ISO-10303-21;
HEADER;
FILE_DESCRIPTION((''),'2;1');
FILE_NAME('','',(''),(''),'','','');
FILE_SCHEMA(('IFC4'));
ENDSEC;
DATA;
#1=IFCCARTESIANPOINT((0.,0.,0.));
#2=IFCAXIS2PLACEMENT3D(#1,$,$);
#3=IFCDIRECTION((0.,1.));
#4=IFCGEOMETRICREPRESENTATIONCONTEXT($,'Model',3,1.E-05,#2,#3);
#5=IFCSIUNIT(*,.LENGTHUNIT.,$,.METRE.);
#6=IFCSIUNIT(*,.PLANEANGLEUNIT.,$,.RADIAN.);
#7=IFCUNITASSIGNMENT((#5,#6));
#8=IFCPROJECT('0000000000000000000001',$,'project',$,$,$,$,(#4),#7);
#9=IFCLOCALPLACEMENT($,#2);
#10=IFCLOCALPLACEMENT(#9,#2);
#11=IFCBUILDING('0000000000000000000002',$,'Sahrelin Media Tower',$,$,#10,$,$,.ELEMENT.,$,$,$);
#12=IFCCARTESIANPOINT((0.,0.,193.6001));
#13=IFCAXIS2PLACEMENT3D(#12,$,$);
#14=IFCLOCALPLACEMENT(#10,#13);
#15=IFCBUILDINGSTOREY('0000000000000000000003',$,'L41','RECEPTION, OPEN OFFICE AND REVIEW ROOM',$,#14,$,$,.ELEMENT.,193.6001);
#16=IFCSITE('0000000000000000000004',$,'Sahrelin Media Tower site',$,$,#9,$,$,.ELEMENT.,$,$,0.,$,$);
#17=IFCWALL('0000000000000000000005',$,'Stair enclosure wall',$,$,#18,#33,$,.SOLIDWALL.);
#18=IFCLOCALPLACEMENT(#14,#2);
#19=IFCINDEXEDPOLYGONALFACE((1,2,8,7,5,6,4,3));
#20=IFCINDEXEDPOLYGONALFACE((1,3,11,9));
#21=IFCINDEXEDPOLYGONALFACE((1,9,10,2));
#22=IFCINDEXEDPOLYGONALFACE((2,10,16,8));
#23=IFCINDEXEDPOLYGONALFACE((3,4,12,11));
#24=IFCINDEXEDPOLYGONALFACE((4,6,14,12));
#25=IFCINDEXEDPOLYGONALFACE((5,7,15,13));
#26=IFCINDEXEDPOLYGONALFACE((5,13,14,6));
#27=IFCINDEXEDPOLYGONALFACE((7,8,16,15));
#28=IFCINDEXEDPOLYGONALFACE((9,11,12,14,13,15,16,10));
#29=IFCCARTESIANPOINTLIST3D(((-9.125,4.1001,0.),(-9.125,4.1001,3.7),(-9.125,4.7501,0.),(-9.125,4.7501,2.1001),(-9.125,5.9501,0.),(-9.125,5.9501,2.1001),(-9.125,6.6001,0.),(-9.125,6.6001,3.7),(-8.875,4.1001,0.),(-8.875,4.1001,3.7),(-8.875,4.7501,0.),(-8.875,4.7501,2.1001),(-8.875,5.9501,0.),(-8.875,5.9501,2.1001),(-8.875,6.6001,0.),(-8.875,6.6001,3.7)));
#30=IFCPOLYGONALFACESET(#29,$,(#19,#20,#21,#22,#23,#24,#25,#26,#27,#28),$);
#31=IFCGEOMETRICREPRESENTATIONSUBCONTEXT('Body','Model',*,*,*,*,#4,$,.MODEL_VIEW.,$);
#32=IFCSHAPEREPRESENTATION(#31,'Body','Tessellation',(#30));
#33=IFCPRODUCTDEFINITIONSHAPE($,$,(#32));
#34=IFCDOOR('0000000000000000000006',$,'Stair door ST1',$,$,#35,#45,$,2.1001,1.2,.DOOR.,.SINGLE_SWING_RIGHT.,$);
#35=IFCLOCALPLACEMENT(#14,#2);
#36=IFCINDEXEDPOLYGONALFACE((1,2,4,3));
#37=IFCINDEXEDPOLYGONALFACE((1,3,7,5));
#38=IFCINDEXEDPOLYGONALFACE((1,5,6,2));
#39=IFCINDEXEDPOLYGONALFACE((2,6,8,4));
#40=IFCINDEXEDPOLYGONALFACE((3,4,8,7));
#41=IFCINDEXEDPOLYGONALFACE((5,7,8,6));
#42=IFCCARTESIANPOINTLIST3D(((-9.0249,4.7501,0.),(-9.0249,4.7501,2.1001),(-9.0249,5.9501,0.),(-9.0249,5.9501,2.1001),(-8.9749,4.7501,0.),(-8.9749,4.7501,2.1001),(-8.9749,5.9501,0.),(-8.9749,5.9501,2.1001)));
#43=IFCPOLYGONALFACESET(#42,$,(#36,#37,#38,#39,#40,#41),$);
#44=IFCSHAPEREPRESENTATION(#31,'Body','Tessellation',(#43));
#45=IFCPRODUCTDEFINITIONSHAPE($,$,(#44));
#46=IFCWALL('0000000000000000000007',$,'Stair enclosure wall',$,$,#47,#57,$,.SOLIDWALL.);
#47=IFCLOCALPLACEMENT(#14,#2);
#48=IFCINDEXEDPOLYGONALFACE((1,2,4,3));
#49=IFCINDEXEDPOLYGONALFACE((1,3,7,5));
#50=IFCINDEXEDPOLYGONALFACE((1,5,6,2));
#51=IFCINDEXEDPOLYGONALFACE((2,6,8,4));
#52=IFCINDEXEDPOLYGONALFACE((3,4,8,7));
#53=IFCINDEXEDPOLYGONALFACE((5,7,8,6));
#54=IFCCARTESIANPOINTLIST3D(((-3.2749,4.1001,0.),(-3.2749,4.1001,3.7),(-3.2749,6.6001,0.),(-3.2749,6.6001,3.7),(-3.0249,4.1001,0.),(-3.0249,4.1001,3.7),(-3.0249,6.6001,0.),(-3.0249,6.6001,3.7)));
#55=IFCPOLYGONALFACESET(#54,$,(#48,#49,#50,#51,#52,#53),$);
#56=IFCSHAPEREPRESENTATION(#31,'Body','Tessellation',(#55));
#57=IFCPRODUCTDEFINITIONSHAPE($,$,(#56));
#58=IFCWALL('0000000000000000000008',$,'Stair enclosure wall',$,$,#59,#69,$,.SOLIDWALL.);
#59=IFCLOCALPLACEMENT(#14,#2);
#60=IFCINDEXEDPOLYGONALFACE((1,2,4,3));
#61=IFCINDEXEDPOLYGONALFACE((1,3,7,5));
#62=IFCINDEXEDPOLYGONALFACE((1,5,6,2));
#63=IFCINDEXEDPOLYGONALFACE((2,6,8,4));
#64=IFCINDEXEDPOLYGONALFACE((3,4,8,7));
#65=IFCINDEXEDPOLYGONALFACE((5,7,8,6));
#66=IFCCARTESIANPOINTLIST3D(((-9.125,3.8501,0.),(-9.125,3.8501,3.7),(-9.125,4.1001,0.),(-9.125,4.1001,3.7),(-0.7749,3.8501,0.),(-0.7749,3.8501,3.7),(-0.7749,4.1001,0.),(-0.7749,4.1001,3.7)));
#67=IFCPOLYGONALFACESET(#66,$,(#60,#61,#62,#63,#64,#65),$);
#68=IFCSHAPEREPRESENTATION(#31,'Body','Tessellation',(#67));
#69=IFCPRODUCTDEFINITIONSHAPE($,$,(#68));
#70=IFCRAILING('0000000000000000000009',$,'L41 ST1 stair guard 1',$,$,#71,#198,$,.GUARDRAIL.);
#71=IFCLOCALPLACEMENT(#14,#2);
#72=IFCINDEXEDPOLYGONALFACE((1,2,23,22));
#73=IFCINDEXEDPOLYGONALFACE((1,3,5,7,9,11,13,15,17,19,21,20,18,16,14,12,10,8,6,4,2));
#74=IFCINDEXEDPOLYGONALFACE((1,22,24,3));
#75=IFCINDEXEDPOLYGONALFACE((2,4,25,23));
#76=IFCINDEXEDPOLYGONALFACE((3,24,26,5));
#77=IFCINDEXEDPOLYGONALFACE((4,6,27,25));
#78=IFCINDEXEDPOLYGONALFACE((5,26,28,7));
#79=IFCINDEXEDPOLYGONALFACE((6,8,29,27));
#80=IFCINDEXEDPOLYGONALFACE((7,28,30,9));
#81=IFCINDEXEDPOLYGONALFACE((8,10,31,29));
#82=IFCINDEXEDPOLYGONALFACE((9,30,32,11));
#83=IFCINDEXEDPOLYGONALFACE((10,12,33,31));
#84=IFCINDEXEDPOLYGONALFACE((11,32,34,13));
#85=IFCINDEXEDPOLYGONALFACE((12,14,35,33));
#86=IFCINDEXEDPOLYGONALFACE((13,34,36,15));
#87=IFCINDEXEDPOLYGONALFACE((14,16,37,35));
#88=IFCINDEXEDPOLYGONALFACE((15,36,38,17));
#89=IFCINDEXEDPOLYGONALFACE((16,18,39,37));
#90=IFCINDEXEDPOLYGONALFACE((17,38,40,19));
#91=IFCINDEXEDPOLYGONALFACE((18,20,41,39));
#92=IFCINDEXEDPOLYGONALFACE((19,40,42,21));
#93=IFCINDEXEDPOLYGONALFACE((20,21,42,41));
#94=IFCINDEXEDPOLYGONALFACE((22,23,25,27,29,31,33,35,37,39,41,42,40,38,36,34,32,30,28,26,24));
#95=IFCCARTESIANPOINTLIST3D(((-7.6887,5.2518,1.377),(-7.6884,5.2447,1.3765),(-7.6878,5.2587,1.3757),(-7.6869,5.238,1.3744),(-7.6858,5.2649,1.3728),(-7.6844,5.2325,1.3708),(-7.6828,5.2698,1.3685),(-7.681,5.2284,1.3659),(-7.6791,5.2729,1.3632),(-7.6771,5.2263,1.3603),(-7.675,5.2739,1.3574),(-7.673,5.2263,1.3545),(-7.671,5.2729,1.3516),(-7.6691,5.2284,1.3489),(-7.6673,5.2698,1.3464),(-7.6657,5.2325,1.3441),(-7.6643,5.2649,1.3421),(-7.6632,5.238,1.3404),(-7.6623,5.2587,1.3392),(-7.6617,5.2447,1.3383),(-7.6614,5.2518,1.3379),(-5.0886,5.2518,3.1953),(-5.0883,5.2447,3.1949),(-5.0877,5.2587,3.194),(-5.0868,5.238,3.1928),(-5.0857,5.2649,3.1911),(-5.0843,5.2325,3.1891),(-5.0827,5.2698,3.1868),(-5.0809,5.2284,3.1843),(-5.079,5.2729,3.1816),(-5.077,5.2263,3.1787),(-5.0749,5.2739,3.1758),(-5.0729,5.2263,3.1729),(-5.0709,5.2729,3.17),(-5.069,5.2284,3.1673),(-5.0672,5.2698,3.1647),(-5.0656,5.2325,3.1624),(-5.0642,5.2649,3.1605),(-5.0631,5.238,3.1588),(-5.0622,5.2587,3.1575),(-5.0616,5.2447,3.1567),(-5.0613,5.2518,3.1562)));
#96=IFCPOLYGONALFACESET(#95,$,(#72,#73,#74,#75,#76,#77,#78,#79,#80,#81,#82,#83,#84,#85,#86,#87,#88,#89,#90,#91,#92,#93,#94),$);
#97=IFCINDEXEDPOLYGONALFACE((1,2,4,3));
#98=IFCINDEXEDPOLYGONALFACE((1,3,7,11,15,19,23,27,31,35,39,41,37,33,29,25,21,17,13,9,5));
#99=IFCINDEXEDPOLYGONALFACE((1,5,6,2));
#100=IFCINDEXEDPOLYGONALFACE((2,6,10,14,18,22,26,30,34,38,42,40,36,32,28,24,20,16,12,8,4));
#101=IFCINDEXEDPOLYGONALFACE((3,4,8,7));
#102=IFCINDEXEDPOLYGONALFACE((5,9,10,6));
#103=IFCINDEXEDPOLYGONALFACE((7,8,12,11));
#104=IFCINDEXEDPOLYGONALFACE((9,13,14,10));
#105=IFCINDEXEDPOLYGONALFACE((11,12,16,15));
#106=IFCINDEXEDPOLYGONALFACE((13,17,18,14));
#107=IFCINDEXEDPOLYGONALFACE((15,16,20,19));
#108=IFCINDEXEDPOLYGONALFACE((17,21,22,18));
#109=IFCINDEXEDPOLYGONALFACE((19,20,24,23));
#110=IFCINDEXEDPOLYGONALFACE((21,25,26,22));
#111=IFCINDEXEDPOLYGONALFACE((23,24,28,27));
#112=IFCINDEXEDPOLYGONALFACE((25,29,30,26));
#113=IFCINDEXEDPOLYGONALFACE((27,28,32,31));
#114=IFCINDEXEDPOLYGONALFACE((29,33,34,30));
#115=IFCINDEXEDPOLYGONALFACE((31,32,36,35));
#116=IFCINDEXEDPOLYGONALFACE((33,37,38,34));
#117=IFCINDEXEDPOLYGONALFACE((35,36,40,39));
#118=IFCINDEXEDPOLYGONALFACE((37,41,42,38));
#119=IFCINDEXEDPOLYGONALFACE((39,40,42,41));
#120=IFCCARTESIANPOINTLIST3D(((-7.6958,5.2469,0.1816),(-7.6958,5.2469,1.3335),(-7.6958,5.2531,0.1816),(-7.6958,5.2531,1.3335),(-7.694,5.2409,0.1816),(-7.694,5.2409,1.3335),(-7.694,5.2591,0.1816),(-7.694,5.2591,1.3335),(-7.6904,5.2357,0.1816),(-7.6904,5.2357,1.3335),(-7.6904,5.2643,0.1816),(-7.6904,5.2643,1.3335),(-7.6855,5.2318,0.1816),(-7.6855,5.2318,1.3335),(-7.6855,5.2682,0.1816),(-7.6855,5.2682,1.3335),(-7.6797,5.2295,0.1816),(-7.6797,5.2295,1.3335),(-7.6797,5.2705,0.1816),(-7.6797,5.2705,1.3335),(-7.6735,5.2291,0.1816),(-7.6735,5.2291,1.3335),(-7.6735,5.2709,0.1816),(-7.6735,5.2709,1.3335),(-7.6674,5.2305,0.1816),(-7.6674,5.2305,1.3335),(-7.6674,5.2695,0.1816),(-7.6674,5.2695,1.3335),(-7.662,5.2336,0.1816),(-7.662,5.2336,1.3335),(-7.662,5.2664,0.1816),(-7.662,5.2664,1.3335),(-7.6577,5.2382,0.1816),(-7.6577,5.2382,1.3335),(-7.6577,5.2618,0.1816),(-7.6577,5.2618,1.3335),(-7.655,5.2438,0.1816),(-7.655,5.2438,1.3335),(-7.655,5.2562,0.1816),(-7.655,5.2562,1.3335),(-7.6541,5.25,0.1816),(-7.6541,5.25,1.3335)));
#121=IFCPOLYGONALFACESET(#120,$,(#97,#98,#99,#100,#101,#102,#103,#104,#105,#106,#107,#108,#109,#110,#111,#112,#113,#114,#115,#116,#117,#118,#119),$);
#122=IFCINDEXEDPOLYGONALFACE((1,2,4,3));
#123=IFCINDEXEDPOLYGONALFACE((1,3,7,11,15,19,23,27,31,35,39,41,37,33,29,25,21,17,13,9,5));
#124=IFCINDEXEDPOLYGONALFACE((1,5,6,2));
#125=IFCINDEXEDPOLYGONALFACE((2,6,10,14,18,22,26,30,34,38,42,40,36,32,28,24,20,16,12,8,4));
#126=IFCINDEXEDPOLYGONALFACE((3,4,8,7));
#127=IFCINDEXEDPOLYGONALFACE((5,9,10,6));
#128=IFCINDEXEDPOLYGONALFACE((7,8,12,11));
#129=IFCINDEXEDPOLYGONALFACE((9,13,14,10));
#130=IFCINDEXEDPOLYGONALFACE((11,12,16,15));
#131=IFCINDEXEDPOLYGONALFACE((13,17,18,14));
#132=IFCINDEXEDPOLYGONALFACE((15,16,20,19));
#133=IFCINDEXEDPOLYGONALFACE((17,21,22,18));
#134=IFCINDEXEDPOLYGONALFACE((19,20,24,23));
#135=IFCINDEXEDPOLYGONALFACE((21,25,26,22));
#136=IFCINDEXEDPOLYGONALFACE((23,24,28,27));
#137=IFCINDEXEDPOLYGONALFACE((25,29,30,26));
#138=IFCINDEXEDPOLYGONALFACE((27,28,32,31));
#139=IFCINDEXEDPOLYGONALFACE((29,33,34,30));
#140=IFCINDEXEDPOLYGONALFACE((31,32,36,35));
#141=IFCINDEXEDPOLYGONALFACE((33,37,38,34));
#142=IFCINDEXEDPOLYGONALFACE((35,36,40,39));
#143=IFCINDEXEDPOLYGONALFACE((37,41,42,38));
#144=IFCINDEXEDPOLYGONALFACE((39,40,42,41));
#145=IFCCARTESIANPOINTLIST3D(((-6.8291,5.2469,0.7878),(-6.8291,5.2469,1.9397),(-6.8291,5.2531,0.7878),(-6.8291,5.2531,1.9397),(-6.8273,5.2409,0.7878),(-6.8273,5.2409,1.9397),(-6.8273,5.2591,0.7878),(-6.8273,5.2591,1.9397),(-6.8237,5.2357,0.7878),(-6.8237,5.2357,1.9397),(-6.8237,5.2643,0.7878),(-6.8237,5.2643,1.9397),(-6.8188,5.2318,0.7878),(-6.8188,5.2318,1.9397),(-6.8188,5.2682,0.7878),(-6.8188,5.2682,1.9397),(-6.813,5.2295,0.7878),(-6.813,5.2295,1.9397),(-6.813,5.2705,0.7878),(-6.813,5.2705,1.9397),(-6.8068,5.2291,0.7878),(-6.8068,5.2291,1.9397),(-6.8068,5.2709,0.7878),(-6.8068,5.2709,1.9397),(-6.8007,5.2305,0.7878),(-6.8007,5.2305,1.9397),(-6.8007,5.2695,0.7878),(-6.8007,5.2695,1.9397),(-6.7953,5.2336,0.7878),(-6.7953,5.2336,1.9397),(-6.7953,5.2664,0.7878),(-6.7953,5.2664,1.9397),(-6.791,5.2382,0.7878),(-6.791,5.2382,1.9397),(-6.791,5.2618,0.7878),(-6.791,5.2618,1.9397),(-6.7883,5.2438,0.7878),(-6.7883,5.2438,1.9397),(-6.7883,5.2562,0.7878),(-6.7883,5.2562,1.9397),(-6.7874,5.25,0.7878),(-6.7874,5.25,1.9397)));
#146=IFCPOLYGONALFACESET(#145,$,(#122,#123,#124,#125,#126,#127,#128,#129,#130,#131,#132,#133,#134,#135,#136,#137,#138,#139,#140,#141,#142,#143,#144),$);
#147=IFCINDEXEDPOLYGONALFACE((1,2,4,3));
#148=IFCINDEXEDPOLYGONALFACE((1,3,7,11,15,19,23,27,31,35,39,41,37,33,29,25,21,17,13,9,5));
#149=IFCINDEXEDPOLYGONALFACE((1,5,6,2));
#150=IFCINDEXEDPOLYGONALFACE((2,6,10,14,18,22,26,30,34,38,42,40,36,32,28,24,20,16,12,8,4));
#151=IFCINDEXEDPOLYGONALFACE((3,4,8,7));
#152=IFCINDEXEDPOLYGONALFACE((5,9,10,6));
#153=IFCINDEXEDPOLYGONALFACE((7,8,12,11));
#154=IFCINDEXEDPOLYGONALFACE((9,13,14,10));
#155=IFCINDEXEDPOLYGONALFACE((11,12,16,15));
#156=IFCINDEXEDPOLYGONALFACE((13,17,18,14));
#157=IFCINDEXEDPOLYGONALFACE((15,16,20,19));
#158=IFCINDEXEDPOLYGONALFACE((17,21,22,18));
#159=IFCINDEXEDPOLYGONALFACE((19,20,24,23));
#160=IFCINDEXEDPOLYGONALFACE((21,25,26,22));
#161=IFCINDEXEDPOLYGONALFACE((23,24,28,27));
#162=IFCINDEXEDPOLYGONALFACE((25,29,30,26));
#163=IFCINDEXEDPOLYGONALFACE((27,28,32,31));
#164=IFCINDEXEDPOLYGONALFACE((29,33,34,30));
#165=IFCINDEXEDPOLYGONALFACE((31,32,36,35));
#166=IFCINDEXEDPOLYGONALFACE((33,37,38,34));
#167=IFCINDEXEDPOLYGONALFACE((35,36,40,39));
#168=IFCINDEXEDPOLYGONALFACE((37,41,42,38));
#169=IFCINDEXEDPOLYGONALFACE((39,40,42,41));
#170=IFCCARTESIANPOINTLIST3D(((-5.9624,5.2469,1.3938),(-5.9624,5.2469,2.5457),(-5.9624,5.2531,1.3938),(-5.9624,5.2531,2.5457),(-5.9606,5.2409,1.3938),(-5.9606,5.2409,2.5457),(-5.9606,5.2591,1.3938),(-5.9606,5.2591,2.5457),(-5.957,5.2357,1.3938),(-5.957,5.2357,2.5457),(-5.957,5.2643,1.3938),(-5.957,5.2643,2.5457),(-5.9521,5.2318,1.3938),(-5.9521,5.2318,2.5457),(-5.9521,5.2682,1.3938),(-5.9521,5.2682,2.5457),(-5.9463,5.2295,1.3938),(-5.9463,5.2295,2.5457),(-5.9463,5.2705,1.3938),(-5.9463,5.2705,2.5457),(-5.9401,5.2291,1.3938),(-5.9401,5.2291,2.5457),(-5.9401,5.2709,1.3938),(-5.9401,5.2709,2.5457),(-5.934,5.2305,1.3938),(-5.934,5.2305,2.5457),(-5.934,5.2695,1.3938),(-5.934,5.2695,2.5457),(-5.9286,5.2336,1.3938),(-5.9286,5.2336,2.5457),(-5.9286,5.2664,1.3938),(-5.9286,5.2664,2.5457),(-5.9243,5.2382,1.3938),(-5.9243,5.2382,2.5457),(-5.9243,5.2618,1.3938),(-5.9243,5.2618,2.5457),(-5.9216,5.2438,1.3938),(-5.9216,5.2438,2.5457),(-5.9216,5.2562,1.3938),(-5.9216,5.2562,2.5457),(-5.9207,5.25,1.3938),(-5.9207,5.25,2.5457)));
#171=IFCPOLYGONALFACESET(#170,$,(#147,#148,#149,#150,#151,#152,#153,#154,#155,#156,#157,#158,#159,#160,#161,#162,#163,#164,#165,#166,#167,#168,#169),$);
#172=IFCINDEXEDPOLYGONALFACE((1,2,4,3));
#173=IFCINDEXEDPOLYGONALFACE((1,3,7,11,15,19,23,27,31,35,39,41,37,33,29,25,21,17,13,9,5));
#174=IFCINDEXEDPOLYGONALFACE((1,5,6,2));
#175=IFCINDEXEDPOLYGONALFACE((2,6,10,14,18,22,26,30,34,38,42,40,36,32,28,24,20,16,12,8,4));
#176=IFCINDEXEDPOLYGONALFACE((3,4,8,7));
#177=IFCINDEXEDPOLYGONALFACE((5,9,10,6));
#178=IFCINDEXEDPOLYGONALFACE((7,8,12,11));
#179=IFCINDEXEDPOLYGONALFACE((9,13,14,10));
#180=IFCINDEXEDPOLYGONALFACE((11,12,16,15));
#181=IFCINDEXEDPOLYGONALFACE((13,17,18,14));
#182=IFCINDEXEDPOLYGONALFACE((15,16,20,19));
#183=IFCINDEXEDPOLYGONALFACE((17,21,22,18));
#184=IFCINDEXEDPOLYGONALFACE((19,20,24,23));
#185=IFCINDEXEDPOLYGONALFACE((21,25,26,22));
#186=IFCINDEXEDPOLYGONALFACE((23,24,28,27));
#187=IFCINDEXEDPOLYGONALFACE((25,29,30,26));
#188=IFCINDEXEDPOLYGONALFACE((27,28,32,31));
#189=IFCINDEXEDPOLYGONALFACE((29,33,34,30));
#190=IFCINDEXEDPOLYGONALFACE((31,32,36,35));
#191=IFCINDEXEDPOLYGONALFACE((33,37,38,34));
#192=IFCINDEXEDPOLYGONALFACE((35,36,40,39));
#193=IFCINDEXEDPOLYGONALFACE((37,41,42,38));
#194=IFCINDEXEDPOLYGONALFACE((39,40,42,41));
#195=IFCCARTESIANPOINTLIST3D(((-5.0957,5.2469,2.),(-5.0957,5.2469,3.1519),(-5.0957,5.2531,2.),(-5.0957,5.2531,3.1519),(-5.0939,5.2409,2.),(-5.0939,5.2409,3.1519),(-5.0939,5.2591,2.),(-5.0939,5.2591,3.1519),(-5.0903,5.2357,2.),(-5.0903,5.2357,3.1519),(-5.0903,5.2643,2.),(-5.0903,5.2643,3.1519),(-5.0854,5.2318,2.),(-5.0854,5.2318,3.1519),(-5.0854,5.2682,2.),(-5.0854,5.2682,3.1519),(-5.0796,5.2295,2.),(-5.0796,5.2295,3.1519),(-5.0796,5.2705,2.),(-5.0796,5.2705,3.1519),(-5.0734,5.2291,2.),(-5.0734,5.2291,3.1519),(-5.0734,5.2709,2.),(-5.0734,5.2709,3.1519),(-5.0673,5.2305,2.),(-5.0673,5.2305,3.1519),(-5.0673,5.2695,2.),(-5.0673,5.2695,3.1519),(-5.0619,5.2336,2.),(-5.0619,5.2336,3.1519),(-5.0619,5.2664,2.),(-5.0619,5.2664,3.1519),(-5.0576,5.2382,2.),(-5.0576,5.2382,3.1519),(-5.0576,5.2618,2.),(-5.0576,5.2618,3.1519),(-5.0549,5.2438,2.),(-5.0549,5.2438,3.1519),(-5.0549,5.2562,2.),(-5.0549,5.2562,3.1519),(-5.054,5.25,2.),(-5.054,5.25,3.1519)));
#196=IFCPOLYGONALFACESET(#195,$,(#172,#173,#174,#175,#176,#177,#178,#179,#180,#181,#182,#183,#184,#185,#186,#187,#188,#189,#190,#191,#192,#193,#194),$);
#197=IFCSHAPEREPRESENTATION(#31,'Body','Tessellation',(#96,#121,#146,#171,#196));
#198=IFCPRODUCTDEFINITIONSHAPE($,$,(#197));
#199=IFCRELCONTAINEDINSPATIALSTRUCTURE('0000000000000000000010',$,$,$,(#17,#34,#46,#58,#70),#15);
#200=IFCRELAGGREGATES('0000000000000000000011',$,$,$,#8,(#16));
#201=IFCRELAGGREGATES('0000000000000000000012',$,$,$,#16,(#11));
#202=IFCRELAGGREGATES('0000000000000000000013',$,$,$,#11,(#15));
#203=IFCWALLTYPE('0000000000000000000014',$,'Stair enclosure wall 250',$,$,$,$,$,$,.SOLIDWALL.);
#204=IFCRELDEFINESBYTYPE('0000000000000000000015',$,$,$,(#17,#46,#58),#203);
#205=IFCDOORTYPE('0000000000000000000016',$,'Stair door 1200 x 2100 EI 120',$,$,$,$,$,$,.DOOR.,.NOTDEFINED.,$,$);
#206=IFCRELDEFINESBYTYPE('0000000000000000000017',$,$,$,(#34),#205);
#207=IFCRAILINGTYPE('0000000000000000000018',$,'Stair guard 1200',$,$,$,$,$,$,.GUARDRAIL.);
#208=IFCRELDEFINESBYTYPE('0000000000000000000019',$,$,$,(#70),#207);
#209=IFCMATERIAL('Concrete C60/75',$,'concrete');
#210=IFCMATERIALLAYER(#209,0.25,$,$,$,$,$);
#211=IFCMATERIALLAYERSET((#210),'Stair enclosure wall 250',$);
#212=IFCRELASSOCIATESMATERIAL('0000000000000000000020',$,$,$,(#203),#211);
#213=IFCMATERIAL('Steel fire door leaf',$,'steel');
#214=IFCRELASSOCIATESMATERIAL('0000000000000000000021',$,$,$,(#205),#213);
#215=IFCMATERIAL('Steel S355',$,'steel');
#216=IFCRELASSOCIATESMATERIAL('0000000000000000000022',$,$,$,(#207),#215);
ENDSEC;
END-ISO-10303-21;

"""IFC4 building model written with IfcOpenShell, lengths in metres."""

from ifc_helpers import new_model, si_unit, direction, frame, frame_2d, origin, origin_2d, place, context, subcontext, project, spatial, rectangle, circle, extrude, material, layer, layer_set, type_object, element, fill, save


model = new_model("IFC4")

# Units and contexts
model_context = context("Model", 3, precision=1e-05, world=origin(), true_north=direction((0.0, 1.0)))
body_context = subcontext(model_context, "Body", "Model", "MODEL_VIEW")
ifc_project = project(units=[si_unit("LENGTHUNIT", "METRE"), si_unit("PLANEANGLEUNIT", "RADIAN")], contexts=[model_context])

# Site, building, storey
site_placement = place(None, origin())
site = spatial("IfcSite", under=ifc_project, at=site_placement, Name="Sahrelin Media Tower site", CompositionType="ELEMENT", RefElevation=0.0)
building_placement = place(site_placement, origin())
building = spatial("IfcBuilding", under=site, at=building_placement, Name="Sahrelin Media Tower", CompositionType="ELEMENT")
storey_placement = place(building_placement, frame((0.0, 0.0, 193.6001)))
storey = spatial("IfcBuildingStorey", under=building, at=storey_placement, Name="L41", Description="RECEPTION, OPEN OFFICE AND REVIEW ROOM", CompositionType="ELEMENT", Elevation=193.6001)

# Shared definitions
ifc_material_1 = material(Name="Steel S355", Category="steel")

# Shared definitions
ifc_material_2 = material(Name="Concrete C60/75", Category="concrete")

# Shared definitions
ifc_material_3 = material(Name="Steel fire door leaf", Category="steel")

# Wall, opening, door
ifc_layer_1 = layer(ifc_material_2, 0.25)
ifc_layer_set_1 = layer_set([ifc_layer_1], Name="Stair enclosure wall 250")
wall_type_1 = type_object("IfcWallType", Name="Stair enclosure wall 250", PredefinedType="SOLIDWALL", material=ifc_layer_set_1)
wall_1_placement = place(storey_placement, frame((-9.0, 4.1001, 0.0), z_axis=(0.0, 0.0, 1.0), x_axis=(0.0, 1.0, 0.0)))
wall_1 = element("IfcWall", 1, at=wall_1_placement, inside=storey, type_object=wall_type_1, Name="Stair enclosure wall", PredefinedType="SOLIDWALL", context=body_context, shape_type="SweptSolid", body=[
    extrude(rectangle(XDim=2.5, YDim=0.25, at=frame_2d((1.25, 0.0))), origin(), (0.0, 0.0, 1.0), 3.7),
])
opening_1_placement = place(wall_1_placement, frame((0.6499, 0.0, 0.0)))
opening_1 = element("IfcOpeningElement", 2, at=opening_1_placement, cuts=wall_1, PredefinedType="OPENING", context=body_context, shape_type="SweptSolid", body=[
    extrude(rectangle(XDim=1.2, YDim=2.1001, at=frame_2d((0.6001, 1.05))), frame((0.0, 0.125, 0.0), z_axis=(0.0, -1.0, 0.0), x_axis=(1.0, 0.0, 0.0)), (0.0, 0.0, 1.0), 0.25),
])
door_type_1 = type_object("IfcDoorType", Name="Stair door 1200 x 2100 EI 120", OperationType="NOTDEFINED", PredefinedType="DOOR", material=ifc_material_3)
door_1_placement = place(opening_1_placement, origin())
door_1 = element("IfcDoor", 3, at=door_1_placement, inside=storey, type_object=door_type_1, Name="Stair door ST1", OperationType="SINGLE_SWING_RIGHT", OverallHeight=2.1001, OverallWidth=1.2, PredefinedType="DOOR", context=body_context, shape_type="SweptSolid", body=[
    extrude(rectangle(XDim=1.2, YDim=2.1001, at=frame_2d((0.6001, 1.05))), frame((0.0, 0.0249, 0.0), z_axis=(0.0, -1.0, 0.0), x_axis=(1.0, 0.0, 0.0)), (0.0, 0.0, 1.0), 0.05),
])
fill(opening_1, door_1)

# Walls
wall_2_placement = place(storey_placement, frame((-3.1499, 4.1001, 0.0), z_axis=(0.0, 0.0, 1.0), x_axis=(0.0, 1.0, 0.0)))
element("IfcWall", 4, at=wall_2_placement, inside=storey, type_object=wall_type_1, Name="Stair enclosure wall", PredefinedType="SOLIDWALL", context=body_context, shape_type="SweptSolid", body=[
    extrude(rectangle(XDim=2.5, YDim=0.25, at=frame_2d((1.25, 0.0))), origin(), (0.0, 0.0, 1.0), 3.7),
])
wall_3_placement = place(storey_placement, frame((-9.125, 3.9751, 0.0), z_axis=(0.0, 0.0, 1.0), x_axis=(1.0, 0.0, 0.0)))
element("IfcWall", 5, at=wall_3_placement, inside=storey, type_object=wall_type_1, Name="Stair enclosure wall", PredefinedType="SOLIDWALL", context=body_context, shape_type="SweptSolid", body=[
    extrude(rectangle(XDim=8.3501, YDim=0.25, at=frame_2d((4.175, 0.0))), origin(), (0.0, 0.0, 1.0), 3.7),
])

# Railing
railing_type_1 = type_object("IfcRailingType", Name="Stair guard 1200", PredefinedType="GUARDRAIL", material=ifc_material_1)
railing_1_placement = place(storey_placement, frame((-7.675, 5.25, 0.1816)))
element("IfcRailing", 6, at=railing_1_placement, inside=storey, type_object=railing_type_1, Name="L41 ST1 stair guard 1", PredefinedType="GUARDRAIL", context=body_context, shape_type="SweptSolid", body=[
    extrude(circle(Radius=0.0239, at=origin_2d()), frame((0.0, 0.0, 1.1758), z_axis=(0.819485, 0.0, 0.573101), x_axis=(0.0, 1.0, 0.0)), (0.0, 0.0, 1.0), 3.1729),
    extrude(circle(Radius=0.021, at=origin_2d()), origin(), (0.0, 0.0, 1.0), 1.1519),
    extrude(circle(Radius=0.021, at=origin_2d()), frame((0.8667, 0.0, 0.6062)), (0.0, 0.0, 1.0), 1.1519),
    extrude(circle(Radius=0.021, at=origin_2d()), frame((1.7334, 0.0, 1.2122)), (0.0, 0.0, 1.0), 1.1519),
    extrude(circle(Radius=0.021, at=origin_2d()), frame((2.6001, 0.0, 1.8184)), (0.0, 0.0, 1.0), 1.1519),
])

save(model, "model.ifc")
